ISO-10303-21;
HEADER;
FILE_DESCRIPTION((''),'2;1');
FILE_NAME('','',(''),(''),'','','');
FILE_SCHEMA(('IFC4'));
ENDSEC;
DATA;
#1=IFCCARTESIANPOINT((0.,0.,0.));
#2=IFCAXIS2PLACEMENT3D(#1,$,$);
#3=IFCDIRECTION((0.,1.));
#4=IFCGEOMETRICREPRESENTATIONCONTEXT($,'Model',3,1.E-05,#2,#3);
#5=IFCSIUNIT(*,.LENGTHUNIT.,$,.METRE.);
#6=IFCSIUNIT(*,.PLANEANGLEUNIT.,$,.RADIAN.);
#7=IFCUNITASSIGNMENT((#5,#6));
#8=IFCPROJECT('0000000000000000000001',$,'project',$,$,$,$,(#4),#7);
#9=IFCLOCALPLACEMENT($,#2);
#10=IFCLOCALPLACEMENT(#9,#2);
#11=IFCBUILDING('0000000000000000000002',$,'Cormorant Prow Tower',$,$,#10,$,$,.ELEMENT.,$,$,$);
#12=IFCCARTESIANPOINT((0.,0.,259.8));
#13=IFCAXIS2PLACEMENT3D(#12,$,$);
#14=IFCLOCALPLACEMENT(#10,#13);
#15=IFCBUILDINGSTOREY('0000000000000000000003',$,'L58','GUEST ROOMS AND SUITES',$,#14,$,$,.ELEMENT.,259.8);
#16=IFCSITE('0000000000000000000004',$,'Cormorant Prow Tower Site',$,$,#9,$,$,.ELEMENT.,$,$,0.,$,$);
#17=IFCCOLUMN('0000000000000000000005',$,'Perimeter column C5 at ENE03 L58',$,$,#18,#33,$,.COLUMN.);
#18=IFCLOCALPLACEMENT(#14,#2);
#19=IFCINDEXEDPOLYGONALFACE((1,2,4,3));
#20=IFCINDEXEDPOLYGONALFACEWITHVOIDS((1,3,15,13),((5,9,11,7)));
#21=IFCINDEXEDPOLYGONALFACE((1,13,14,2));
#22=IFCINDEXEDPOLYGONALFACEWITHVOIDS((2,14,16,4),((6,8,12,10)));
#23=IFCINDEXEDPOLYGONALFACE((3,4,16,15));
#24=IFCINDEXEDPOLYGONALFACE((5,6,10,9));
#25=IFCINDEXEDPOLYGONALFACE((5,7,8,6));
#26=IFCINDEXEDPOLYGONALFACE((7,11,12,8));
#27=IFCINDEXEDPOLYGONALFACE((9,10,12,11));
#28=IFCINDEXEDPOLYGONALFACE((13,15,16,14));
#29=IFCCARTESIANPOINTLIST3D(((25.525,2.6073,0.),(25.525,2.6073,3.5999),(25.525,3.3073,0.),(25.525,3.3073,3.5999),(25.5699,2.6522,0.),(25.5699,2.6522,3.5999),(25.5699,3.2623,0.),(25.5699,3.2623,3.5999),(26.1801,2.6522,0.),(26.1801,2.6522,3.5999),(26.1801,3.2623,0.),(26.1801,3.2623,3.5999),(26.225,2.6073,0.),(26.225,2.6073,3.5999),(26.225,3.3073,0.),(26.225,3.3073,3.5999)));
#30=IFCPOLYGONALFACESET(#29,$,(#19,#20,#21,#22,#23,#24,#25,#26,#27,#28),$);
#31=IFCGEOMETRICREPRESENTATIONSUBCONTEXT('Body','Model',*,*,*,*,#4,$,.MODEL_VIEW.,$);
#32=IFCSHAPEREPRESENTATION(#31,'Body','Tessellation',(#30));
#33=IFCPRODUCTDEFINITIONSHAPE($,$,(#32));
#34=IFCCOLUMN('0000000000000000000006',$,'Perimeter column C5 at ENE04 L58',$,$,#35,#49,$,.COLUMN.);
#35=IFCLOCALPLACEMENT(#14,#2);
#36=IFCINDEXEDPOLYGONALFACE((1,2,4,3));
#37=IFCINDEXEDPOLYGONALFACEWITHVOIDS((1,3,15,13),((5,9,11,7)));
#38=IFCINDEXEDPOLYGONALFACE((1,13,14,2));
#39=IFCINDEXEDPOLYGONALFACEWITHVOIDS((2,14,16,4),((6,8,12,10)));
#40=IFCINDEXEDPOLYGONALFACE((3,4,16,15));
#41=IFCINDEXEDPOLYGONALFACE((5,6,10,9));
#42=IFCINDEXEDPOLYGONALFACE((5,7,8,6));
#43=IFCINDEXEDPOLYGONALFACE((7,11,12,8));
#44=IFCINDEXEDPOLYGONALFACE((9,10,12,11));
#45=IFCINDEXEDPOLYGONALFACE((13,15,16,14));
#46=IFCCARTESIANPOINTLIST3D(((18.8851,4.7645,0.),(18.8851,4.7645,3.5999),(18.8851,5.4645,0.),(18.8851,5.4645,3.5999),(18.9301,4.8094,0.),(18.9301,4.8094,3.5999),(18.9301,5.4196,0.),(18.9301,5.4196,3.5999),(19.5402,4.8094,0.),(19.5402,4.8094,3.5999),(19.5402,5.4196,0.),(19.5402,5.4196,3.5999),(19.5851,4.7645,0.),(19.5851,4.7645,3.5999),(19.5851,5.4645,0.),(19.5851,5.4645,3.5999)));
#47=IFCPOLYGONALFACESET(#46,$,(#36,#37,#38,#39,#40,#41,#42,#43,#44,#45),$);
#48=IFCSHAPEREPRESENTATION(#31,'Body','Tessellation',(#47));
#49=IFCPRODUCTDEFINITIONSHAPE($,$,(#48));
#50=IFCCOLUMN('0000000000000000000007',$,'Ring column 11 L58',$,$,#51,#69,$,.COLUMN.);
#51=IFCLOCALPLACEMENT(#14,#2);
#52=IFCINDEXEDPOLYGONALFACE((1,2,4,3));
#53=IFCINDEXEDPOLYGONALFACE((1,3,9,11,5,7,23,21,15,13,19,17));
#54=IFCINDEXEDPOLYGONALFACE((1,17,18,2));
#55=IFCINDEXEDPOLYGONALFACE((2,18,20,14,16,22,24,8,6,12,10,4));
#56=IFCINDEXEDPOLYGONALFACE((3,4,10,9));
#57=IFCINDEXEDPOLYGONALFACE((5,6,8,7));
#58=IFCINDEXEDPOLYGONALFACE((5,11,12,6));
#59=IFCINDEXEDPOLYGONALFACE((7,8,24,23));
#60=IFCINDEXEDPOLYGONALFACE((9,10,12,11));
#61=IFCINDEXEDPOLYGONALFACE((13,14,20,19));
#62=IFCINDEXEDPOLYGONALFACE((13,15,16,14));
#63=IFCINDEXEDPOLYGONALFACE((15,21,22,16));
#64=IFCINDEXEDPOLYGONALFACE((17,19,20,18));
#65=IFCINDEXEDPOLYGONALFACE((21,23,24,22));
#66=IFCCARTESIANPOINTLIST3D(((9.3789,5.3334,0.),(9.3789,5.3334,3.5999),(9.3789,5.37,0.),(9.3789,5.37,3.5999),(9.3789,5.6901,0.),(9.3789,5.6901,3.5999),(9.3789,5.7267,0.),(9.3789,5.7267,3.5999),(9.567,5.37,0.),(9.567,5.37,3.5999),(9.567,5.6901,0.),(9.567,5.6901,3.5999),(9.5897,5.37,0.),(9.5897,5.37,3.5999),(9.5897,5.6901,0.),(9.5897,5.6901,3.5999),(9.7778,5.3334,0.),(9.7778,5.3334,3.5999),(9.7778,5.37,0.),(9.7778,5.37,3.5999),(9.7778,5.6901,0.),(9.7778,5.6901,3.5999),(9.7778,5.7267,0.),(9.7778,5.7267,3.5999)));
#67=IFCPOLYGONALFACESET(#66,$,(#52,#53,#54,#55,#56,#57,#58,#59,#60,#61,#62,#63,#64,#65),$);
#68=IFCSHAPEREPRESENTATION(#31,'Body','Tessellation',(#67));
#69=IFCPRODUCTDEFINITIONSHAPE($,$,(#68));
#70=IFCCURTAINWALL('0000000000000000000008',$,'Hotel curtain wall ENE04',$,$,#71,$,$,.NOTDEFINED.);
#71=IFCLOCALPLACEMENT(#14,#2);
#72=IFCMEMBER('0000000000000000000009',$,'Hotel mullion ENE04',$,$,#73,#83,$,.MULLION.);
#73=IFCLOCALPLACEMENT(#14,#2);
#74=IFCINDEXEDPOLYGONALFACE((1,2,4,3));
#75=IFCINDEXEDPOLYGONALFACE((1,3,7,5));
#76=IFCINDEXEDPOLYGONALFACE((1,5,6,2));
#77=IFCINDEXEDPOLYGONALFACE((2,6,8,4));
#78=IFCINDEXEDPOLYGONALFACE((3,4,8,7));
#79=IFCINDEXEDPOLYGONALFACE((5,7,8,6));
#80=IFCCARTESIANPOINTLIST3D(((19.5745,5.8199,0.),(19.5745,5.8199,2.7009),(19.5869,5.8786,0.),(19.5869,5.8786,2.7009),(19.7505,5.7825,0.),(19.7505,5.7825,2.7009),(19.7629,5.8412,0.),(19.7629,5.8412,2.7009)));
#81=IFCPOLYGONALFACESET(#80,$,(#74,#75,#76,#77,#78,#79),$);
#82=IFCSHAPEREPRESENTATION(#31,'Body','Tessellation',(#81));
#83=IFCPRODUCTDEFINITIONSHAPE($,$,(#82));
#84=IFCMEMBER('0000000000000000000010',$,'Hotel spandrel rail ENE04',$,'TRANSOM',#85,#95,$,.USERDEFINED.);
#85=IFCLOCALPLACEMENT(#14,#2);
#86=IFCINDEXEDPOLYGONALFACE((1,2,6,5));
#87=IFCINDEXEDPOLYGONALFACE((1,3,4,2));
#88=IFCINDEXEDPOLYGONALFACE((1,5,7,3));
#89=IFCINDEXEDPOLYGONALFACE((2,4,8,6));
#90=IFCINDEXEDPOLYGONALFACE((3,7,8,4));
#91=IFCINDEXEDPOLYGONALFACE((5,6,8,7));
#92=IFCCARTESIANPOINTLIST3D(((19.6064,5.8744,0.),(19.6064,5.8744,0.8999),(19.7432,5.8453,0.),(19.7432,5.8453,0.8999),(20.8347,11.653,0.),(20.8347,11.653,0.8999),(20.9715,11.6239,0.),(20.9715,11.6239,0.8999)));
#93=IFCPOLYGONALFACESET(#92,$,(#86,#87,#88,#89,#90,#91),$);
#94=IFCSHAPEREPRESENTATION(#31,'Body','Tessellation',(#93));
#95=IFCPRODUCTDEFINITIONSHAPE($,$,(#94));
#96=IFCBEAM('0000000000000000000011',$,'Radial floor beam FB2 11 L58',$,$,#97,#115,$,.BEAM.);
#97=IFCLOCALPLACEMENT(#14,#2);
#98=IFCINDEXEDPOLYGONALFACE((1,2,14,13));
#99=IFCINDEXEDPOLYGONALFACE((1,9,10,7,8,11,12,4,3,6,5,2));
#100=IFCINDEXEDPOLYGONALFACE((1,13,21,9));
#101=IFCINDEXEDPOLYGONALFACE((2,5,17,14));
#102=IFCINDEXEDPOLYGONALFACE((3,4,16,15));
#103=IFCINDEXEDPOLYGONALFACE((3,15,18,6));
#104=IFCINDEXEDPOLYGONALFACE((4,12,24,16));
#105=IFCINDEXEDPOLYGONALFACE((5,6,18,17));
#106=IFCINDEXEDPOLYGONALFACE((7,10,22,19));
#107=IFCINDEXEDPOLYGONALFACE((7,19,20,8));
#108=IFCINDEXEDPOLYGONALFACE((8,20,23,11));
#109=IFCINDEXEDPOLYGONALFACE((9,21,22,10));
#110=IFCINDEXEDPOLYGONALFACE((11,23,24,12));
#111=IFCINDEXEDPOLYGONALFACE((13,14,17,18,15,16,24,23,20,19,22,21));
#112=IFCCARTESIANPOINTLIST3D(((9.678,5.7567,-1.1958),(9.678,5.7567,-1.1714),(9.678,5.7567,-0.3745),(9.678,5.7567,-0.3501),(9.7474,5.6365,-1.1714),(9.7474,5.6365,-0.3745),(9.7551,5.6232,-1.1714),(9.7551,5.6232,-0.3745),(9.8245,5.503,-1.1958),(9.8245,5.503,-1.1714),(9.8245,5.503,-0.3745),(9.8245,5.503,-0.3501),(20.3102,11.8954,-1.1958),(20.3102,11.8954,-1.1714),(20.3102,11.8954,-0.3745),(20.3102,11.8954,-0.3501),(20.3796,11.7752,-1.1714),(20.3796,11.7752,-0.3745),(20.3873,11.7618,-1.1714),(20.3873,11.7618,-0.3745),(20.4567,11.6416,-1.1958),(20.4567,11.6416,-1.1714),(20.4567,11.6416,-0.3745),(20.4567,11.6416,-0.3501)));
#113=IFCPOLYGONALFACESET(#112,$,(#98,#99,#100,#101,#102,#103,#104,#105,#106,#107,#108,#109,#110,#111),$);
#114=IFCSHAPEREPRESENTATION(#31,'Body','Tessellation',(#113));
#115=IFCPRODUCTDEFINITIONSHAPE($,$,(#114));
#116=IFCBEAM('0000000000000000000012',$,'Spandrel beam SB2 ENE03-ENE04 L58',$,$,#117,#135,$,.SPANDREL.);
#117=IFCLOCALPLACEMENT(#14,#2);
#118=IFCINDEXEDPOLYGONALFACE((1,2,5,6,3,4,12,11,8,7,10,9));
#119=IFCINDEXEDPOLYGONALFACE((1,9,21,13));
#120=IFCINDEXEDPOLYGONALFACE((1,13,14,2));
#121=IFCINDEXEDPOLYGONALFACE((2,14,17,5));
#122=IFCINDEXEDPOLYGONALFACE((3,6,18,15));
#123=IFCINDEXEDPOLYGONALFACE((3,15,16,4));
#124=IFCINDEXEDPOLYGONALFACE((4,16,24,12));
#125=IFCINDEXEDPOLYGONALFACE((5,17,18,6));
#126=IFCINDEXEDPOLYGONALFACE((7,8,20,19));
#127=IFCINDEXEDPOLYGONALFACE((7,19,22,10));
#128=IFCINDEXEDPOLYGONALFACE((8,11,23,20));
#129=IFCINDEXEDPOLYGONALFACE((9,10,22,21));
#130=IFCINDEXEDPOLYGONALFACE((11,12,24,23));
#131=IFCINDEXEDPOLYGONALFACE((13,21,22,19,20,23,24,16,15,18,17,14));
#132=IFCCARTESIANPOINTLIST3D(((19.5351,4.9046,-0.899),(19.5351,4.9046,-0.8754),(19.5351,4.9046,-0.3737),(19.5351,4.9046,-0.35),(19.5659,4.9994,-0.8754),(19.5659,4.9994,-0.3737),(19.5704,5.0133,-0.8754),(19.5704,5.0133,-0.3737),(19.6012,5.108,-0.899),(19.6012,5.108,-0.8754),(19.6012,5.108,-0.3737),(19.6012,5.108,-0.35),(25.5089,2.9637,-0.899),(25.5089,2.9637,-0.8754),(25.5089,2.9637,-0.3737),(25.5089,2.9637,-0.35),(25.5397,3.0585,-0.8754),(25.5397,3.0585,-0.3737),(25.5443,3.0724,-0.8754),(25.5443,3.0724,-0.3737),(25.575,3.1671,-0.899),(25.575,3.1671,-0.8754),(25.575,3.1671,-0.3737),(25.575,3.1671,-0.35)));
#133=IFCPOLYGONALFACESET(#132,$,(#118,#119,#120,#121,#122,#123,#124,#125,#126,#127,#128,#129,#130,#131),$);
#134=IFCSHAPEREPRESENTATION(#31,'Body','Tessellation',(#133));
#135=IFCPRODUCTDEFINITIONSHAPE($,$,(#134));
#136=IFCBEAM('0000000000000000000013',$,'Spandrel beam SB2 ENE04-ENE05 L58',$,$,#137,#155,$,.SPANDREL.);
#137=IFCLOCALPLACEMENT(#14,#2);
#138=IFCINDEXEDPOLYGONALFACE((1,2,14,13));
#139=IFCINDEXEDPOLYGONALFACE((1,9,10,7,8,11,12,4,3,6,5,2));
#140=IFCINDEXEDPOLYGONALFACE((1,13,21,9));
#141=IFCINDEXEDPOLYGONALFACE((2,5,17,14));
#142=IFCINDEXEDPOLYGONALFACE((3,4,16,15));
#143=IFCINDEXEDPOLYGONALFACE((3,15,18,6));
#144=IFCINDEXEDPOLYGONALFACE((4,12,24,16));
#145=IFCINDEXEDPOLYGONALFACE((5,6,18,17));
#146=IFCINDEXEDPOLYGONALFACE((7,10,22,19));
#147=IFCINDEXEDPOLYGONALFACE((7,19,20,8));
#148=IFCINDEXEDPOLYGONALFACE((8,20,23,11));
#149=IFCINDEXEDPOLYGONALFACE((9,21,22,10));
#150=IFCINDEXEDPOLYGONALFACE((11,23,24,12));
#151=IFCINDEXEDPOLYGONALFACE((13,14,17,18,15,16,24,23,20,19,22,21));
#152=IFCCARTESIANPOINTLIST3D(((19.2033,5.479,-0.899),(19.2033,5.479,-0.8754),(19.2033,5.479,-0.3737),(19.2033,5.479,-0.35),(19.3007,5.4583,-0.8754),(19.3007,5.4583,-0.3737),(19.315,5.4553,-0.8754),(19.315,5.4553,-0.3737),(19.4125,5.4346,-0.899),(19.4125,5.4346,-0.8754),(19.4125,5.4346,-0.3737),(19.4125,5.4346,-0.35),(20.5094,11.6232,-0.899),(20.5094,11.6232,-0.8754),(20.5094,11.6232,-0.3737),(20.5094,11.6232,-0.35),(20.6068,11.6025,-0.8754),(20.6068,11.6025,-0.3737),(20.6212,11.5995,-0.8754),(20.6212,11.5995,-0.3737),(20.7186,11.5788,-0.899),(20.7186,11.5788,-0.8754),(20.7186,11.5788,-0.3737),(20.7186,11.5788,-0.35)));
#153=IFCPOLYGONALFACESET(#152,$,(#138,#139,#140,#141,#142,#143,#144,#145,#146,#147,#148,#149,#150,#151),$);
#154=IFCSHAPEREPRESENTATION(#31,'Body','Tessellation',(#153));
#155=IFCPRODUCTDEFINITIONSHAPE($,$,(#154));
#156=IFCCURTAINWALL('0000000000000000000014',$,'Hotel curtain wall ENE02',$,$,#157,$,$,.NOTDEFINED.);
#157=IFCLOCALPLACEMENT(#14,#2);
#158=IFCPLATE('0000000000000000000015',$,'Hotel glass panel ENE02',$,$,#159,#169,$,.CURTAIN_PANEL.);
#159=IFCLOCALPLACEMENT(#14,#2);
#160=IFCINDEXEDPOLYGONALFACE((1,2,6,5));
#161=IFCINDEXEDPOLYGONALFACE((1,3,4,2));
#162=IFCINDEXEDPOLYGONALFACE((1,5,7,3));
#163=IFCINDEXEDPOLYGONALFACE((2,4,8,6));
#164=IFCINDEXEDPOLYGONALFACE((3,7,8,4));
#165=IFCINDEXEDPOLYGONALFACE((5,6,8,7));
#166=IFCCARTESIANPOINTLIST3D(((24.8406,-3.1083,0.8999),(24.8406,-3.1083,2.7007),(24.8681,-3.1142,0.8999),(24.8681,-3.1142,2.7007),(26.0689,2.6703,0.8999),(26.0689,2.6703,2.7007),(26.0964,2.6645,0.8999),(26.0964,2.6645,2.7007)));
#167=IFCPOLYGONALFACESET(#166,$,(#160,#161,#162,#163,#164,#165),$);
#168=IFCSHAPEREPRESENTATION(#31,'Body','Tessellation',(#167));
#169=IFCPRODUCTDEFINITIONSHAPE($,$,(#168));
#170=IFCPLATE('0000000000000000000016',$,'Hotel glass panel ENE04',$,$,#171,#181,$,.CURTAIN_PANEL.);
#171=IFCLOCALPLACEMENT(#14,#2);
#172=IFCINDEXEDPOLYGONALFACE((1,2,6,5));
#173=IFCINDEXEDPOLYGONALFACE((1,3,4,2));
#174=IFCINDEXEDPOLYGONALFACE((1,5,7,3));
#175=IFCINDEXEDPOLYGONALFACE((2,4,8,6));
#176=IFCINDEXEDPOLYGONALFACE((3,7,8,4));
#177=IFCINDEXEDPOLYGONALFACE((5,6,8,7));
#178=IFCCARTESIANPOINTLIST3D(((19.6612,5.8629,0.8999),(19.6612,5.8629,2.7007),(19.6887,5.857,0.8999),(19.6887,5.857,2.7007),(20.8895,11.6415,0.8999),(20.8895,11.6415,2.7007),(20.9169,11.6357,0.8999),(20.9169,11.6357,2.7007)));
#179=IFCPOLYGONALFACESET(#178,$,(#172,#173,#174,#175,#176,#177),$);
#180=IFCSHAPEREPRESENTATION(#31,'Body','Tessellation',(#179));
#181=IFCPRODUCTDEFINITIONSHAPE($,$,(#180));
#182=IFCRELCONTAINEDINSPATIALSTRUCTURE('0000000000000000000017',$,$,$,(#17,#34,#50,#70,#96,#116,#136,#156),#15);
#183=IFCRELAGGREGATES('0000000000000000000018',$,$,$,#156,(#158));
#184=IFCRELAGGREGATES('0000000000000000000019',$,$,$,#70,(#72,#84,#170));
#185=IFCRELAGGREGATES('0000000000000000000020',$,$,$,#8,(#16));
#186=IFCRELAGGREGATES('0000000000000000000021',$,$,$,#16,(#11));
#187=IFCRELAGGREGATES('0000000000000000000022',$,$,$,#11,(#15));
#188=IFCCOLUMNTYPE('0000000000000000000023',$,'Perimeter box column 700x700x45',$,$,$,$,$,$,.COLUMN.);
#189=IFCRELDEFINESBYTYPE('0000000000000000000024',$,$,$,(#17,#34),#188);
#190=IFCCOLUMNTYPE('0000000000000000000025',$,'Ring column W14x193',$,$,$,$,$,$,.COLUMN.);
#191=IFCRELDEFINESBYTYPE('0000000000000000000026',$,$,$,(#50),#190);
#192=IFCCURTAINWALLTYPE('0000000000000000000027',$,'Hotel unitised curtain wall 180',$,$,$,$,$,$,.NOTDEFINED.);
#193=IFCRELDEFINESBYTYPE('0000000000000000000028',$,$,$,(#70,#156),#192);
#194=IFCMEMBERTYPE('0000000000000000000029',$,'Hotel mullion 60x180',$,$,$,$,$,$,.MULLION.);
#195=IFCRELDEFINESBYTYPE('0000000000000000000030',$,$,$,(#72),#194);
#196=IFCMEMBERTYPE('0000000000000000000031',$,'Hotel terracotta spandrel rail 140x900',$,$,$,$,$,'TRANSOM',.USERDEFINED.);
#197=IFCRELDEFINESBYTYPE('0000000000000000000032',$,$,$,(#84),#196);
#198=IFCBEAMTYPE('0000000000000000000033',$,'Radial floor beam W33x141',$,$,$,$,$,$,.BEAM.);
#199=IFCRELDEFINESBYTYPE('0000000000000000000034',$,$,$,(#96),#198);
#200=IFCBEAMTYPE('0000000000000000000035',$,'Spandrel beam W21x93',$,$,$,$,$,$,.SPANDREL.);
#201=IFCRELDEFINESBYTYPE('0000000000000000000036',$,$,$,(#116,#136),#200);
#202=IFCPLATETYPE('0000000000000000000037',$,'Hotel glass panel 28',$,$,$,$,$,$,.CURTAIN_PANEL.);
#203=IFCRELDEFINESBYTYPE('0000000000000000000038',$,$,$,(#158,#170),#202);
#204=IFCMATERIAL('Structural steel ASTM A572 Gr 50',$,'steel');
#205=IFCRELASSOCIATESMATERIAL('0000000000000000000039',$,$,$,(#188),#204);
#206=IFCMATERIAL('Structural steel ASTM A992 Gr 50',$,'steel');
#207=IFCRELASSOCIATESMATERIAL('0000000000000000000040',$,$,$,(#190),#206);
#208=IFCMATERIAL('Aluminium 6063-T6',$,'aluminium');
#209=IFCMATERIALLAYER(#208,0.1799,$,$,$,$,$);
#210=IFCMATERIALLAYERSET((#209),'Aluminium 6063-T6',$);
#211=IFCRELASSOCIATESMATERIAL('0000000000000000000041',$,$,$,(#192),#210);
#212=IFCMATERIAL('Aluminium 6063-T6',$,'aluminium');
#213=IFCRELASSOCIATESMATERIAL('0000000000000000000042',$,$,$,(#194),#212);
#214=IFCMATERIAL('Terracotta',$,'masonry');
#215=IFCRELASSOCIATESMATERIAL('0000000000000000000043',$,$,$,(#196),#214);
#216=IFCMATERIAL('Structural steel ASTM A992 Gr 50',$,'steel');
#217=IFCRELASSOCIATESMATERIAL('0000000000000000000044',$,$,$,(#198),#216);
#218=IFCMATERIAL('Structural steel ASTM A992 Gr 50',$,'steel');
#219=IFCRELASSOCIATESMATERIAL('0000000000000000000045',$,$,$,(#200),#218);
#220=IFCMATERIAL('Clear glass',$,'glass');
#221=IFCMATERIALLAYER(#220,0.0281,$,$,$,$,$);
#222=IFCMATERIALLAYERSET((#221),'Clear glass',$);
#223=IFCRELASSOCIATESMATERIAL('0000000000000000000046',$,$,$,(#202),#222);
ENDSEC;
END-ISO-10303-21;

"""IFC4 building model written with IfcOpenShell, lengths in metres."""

from ifc_helpers import new_model, si_unit, direction, frame, origin, origin_2d, place, context, subcontext, project, spatial, rectangle, hollow_rectangle, i_section, extrude, material, layer, layer_set, material_profile, profile_set, type_object, element, aggregate, save


model = new_model("IFC4")

# Units and contexts
model_context = context("Model", 3, precision=1e-05, world=origin(), true_north=direction((0.0, 1.0)))
body_context = subcontext(model_context, "Body", "Model", "MODEL_VIEW")
ifc_project = project(units=[si_unit("LENGTHUNIT", "METRE"), si_unit("PLANEANGLEUNIT", "RADIAN")], contexts=[model_context])

# Site, building, storey
site_placement = place(None, origin())
site = spatial("IfcSite", under=ifc_project, at=site_placement, Name="Cormorant Prow Tower Site", CompositionType="ELEMENT", RefElevation=0.0)
building_placement = place(site_placement, origin())
building = spatial("IfcBuilding", under=site, at=building_placement, Name="Cormorant Prow Tower", CompositionType="ELEMENT")
storey_placement = place(building_placement, frame((0.0, 0.0, 259.8)))
storey = spatial("IfcBuildingStorey", under=building, at=storey_placement, Name="L58", Description="GUEST ROOMS AND SUITES", CompositionType="ELEMENT", Elevation=259.8)

# Columns
ifc_material_1 = material(Name="Structural steel ASTM A572 Gr 50", Category="steel")
ifc_material_profile_1 = material_profile(ifc_material_1, hollow_rectangle(XDim=0.7, YDim=0.7, WallThickness=0.0449, at=origin_2d()), Name="Box 700x700x45")
ifc_profile_set_1 = profile_set([ifc_material_profile_1], Name="Structural steel ASTM A572 Gr 50")
column_type_1 = type_object("IfcColumnType", Name="Perimeter box column 700x700x45", PredefinedType="COLUMN", material=ifc_profile_set_1)
for number, where, z_axis, x_axis, name in (
    (1, (25.875, 2.9573, 0.0), (0.0, 0.0, 1.0), (1.0, 0.0, 0.0), "Perimeter column C5 at ENE03 L58"),
    (2, (19.2351, 5.1145, 0.0), (0.0, 0.0, 1.0), (1.0, 0.0, 0.0), "Perimeter column C5 at ENE04 L58"),
):
    element("IfcColumn", number, at=place(storey_placement, frame(where, z_axis=z_axis, x_axis=x_axis)), inside=storey, type_object=column_type_1, Name=name, PredefinedType="COLUMN", context=body_context, shape_type="SweptSolid", body=[
        extrude(hollow_rectangle(XDim=0.7, YDim=0.7, WallThickness=0.0449, at=origin_2d()), origin(), (0.0, 0.0, 1.0), 3.5999),
    ])
ifc_material_2 = material(Name="Structural steel ASTM A992 Gr 50", Category="steel")
ifc_material_profile_2 = material_profile(ifc_material_2, i_section(OverallWidth=0.3989, OverallDepth=0.3933, WebThickness=0.0227, FlangeThickness=0.0366, at=origin_2d()), Name="W14x193")
ifc_profile_set_2 = profile_set([ifc_material_profile_2], Name="Structural steel ASTM A992 Gr 50")
column_type_2 = type_object("IfcColumnType", Name="Ring column W14x193", PredefinedType="COLUMN", material=ifc_profile_set_2)
column_placement = place(storey_placement, frame((9.5784, 5.53, 0.0), z_axis=(0.0, 0.0, 1.0), x_axis=(1.0, 0.0, 0.0)))
element("IfcColumn", 3, at=column_placement, inside=storey, type_object=column_type_2, Name="Ring column 11 L58", PredefinedType="COLUMN", context=body_context, shape_type="SweptSolid", body=[
    extrude(i_section(OverallWidth=0.3989, OverallDepth=0.3933, WebThickness=0.0227, FlangeThickness=0.0366, at=origin_2d()), origin(), (0.0, 0.0, 1.0), 3.5999),
])

# Curtain wall, members
ifc_material_3 = material(Name="Aluminium 6063-T6", Category="aluminium")
ifc_layer_1 = layer(ifc_material_3, 0.1799)
ifc_layer_set_1 = layer_set([ifc_layer_1], Name="Aluminium 6063-T6")
curtain_wall_type = type_object("IfcCurtainWallType", Name="Hotel unitised curtain wall 180", PredefinedType="NOTDEFINED", material=ifc_layer_set_1)
curtain_wall_1_placement = place(storey_placement, origin())
curtain_wall_1 = element("IfcCurtainWall", 4, at=curtain_wall_1_placement, inside=storey, type_object=curtain_wall_type, Name="Hotel curtain wall ENE04", PredefinedType="NOTDEFINED")
ifc_material_4 = material(Name="Aluminium 6063-T6", Category="aluminium")
ifc_material_profile_3 = material_profile(ifc_material_4, rectangle(XDim=0.1799, YDim=0.0601, at=origin_2d()), Name="Hotel mullion 60x180")
ifc_profile_set_3 = profile_set([ifc_material_profile_3], Name="Aluminium 6063-T6")
member_type_1 = type_object("IfcMemberType", Name="Hotel mullion 60x180", PredefinedType="MULLION", material=ifc_profile_set_3)
member_1_placement = place(storey_placement, frame((19.6687, 5.8306, 0.0), z_axis=(0.0, 0.0, 1.0), x_axis=(-0.978148, 0.207912, 0.0)))
member_1 = element("IfcMember", 5, at=member_1_placement, type_object=member_type_1, Name="Hotel mullion ENE04", PredefinedType="MULLION", context=body_context, shape_type="SweptSolid", body=[
    extrude(rectangle(XDim=0.1799, YDim=0.0601, at=origin_2d()), origin(), (0.0, 0.0, 1.0), 2.7009),
])
ifc_material_5 = material(Name="Terracotta", Category="masonry")
ifc_material_profile_4 = material_profile(ifc_material_5, rectangle(XDim=0.1399, YDim=0.8999, at=origin_2d()), Name="Hotel terracotta spandrel rail 140x900")
ifc_profile_set_4 = profile_set([ifc_material_profile_4], Name="Terracotta")
member_type_2 = type_object("IfcMemberType", Name="Hotel terracotta spandrel rail 140x900", ElementType="TRANSOM", PredefinedType="USERDEFINED", material=ifc_profile_set_4)
member_2_placement = place(storey_placement, frame((19.6748, 5.8599, 0.45), z_axis=(0.207912, 0.978148, 0.0), x_axis=(-0.978148, 0.207912, 0.0)))
member_2 = element("IfcMember", 6, at=member_2_placement, type_object=member_type_2, Name="Hotel spandrel rail ENE04", ObjectType="TRANSOM", PredefinedType="USERDEFINED", context=body_context, shape_type="SweptSolid", body=[
    extrude(rectangle(XDim=0.1399, YDim=0.8999, at=origin_2d()), origin(), (0.0, 0.0, 1.0), 5.9077),
])

# Beams
ifc_material_6 = material(Name="Structural steel ASTM A992 Gr 50", Category="steel")
ifc_material_profile_5 = material_profile(ifc_material_6, i_section(OverallWidth=0.293, OverallDepth=0.8457, WebThickness=0.0154, FlangeThickness=0.0244, at=origin_2d()), Name="W33x141")
ifc_profile_set_5 = profile_set([ifc_material_profile_5], Name="Structural steel ASTM A992 Gr 50")
beam_type_1 = type_object("IfcBeamType", Name="Radial floor beam W33x141", PredefinedType="BEAM", material=ifc_profile_set_5)
beam_1_placement = place(storey_placement, frame((9.7512, 5.6299, -0.7729), z_axis=(0.866022, 0.500006, 0.0), x_axis=(-0.500006, 0.866022, 0.0)))
element("IfcBeam", 7, at=beam_1_placement, inside=storey, type_object=beam_type_1, Name="Radial floor beam FB2 11 L58", PredefinedType="BEAM", context=body_context, shape_type="SweptSolid", body=[
    extrude(i_section(OverallWidth=0.293, OverallDepth=0.8457, WebThickness=0.0154, FlangeThickness=0.0244, at=origin_2d()), origin(), (0.0, 0.0, 1.0), 12.2771),
])
ifc_material_7 = material(Name="Structural steel ASTM A992 Gr 50", Category="steel")
ifc_material_profile_6 = material_profile(ifc_material_7, i_section(OverallWidth=0.2139, OverallDepth=0.5491, WebThickness=0.0146, FlangeThickness=0.0237, at=origin_2d()), Name="W21x93")
ifc_profile_set_6 = profile_set([ifc_material_profile_6], Name="Structural steel ASTM A992 Gr 50")
beam_type_2 = type_object("IfcBeamType", Name="Spandrel beam W21x93", PredefinedType="SPANDREL", material=ifc_profile_set_6)
beam_2_placement = place(storey_placement, frame((25.542, 3.0654, -0.6245), z_axis=(-0.951062, 0.309001, 0.0), x_axis=(-0.309001, -0.951062, 0.0)))
element("IfcBeam", 8, at=beam_2_placement, inside=storey, type_object=beam_type_2, Name="Spandrel beam SB2 ENE03-ENE04 L58", PredefinedType="SPANDREL", context=body_context, shape_type="SweptSolid", body=[
    extrude(i_section(OverallWidth=0.2139, OverallDepth=0.5491, WebThickness=0.0146, FlangeThickness=0.0237, at=origin_2d()), origin(), (0.0, 0.0, 1.0), 6.2812),
])
beam_3_placement = place(storey_placement, frame((19.3079, 5.4568, -0.6245), z_axis=(0.207934, 0.978143, 0.0), x_axis=(-0.978143, 0.207934, 0.0)))
element("IfcBeam", 9, at=beam_3_placement, inside=storey, type_object=beam_type_2, Name="Spandrel beam SB2 ENE04-ENE05 L58", PredefinedType="SPANDREL", context=body_context, shape_type="SweptSolid", body=[
    extrude(i_section(OverallWidth=0.2139, OverallDepth=0.5491, WebThickness=0.0146, FlangeThickness=0.0237, at=origin_2d()), origin(), (0.0, 0.0, 1.0), 6.2815),
])

# Curtain wall, plate
curtain_wall_2_placement = place(storey_placement, origin())
curtain_wall_2 = element("IfcCurtainWall", 10, at=curtain_wall_2_placement, inside=storey, type_object=curtain_wall_type, Name="Hotel curtain wall ENE02", PredefinedType="NOTDEFINED")
ifc_material_8 = material(Name="Clear glass", Category="glass")
ifc_layer_2 = layer(ifc_material_8, 0.0281)
ifc_layer_set_2 = layer_set([ifc_layer_2], Name="Clear glass")
plate_type = type_object("IfcPlateType", Name="Hotel glass panel 28", PredefinedType="CURTAIN_PANEL", material=ifc_layer_set_2)
plate_1_placement = place(storey_placement, frame((25.4685, -0.2219, 0.8999), z_axis=(0.0, 0.0, 1.0), x_axis=(0.207912, 0.978148, 0.0)))
plate_1 = element("IfcPlate", 11, at=plate_1_placement, type_object=plate_type, Name="Hotel glass panel ENE02", PredefinedType="CURTAIN_PANEL", context=body_context, shape_type="SweptSolid", body=[
    extrude(rectangle(XDim=5.9077, YDim=0.0281, at=origin_2d()), origin(), (0.0, 0.0, 1.0), 1.8008),
])
aggregate(curtain_wall_2, [plate_1])

# Plate
plate_2_placement = place(storey_placement, frame((20.2891, 8.7493, 0.8999), z_axis=(0.0, 0.0, 1.0), x_axis=(0.207912, 0.978148, 0.0)))
plate_2 = element("IfcPlate", 12, at=plate_2_placement, type_object=plate_type, Name="Hotel glass panel ENE04", PredefinedType="CURTAIN_PANEL", context=body_context, shape_type="SweptSolid", body=[
    extrude(rectangle(XDim=5.9077, YDim=0.0281, at=origin_2d()), origin(), (0.0, 0.0, 1.0), 1.8008),
])
aggregate(curtain_wall_1, [member_1, member_2, plate_2])

save(model, "model.ifc")
